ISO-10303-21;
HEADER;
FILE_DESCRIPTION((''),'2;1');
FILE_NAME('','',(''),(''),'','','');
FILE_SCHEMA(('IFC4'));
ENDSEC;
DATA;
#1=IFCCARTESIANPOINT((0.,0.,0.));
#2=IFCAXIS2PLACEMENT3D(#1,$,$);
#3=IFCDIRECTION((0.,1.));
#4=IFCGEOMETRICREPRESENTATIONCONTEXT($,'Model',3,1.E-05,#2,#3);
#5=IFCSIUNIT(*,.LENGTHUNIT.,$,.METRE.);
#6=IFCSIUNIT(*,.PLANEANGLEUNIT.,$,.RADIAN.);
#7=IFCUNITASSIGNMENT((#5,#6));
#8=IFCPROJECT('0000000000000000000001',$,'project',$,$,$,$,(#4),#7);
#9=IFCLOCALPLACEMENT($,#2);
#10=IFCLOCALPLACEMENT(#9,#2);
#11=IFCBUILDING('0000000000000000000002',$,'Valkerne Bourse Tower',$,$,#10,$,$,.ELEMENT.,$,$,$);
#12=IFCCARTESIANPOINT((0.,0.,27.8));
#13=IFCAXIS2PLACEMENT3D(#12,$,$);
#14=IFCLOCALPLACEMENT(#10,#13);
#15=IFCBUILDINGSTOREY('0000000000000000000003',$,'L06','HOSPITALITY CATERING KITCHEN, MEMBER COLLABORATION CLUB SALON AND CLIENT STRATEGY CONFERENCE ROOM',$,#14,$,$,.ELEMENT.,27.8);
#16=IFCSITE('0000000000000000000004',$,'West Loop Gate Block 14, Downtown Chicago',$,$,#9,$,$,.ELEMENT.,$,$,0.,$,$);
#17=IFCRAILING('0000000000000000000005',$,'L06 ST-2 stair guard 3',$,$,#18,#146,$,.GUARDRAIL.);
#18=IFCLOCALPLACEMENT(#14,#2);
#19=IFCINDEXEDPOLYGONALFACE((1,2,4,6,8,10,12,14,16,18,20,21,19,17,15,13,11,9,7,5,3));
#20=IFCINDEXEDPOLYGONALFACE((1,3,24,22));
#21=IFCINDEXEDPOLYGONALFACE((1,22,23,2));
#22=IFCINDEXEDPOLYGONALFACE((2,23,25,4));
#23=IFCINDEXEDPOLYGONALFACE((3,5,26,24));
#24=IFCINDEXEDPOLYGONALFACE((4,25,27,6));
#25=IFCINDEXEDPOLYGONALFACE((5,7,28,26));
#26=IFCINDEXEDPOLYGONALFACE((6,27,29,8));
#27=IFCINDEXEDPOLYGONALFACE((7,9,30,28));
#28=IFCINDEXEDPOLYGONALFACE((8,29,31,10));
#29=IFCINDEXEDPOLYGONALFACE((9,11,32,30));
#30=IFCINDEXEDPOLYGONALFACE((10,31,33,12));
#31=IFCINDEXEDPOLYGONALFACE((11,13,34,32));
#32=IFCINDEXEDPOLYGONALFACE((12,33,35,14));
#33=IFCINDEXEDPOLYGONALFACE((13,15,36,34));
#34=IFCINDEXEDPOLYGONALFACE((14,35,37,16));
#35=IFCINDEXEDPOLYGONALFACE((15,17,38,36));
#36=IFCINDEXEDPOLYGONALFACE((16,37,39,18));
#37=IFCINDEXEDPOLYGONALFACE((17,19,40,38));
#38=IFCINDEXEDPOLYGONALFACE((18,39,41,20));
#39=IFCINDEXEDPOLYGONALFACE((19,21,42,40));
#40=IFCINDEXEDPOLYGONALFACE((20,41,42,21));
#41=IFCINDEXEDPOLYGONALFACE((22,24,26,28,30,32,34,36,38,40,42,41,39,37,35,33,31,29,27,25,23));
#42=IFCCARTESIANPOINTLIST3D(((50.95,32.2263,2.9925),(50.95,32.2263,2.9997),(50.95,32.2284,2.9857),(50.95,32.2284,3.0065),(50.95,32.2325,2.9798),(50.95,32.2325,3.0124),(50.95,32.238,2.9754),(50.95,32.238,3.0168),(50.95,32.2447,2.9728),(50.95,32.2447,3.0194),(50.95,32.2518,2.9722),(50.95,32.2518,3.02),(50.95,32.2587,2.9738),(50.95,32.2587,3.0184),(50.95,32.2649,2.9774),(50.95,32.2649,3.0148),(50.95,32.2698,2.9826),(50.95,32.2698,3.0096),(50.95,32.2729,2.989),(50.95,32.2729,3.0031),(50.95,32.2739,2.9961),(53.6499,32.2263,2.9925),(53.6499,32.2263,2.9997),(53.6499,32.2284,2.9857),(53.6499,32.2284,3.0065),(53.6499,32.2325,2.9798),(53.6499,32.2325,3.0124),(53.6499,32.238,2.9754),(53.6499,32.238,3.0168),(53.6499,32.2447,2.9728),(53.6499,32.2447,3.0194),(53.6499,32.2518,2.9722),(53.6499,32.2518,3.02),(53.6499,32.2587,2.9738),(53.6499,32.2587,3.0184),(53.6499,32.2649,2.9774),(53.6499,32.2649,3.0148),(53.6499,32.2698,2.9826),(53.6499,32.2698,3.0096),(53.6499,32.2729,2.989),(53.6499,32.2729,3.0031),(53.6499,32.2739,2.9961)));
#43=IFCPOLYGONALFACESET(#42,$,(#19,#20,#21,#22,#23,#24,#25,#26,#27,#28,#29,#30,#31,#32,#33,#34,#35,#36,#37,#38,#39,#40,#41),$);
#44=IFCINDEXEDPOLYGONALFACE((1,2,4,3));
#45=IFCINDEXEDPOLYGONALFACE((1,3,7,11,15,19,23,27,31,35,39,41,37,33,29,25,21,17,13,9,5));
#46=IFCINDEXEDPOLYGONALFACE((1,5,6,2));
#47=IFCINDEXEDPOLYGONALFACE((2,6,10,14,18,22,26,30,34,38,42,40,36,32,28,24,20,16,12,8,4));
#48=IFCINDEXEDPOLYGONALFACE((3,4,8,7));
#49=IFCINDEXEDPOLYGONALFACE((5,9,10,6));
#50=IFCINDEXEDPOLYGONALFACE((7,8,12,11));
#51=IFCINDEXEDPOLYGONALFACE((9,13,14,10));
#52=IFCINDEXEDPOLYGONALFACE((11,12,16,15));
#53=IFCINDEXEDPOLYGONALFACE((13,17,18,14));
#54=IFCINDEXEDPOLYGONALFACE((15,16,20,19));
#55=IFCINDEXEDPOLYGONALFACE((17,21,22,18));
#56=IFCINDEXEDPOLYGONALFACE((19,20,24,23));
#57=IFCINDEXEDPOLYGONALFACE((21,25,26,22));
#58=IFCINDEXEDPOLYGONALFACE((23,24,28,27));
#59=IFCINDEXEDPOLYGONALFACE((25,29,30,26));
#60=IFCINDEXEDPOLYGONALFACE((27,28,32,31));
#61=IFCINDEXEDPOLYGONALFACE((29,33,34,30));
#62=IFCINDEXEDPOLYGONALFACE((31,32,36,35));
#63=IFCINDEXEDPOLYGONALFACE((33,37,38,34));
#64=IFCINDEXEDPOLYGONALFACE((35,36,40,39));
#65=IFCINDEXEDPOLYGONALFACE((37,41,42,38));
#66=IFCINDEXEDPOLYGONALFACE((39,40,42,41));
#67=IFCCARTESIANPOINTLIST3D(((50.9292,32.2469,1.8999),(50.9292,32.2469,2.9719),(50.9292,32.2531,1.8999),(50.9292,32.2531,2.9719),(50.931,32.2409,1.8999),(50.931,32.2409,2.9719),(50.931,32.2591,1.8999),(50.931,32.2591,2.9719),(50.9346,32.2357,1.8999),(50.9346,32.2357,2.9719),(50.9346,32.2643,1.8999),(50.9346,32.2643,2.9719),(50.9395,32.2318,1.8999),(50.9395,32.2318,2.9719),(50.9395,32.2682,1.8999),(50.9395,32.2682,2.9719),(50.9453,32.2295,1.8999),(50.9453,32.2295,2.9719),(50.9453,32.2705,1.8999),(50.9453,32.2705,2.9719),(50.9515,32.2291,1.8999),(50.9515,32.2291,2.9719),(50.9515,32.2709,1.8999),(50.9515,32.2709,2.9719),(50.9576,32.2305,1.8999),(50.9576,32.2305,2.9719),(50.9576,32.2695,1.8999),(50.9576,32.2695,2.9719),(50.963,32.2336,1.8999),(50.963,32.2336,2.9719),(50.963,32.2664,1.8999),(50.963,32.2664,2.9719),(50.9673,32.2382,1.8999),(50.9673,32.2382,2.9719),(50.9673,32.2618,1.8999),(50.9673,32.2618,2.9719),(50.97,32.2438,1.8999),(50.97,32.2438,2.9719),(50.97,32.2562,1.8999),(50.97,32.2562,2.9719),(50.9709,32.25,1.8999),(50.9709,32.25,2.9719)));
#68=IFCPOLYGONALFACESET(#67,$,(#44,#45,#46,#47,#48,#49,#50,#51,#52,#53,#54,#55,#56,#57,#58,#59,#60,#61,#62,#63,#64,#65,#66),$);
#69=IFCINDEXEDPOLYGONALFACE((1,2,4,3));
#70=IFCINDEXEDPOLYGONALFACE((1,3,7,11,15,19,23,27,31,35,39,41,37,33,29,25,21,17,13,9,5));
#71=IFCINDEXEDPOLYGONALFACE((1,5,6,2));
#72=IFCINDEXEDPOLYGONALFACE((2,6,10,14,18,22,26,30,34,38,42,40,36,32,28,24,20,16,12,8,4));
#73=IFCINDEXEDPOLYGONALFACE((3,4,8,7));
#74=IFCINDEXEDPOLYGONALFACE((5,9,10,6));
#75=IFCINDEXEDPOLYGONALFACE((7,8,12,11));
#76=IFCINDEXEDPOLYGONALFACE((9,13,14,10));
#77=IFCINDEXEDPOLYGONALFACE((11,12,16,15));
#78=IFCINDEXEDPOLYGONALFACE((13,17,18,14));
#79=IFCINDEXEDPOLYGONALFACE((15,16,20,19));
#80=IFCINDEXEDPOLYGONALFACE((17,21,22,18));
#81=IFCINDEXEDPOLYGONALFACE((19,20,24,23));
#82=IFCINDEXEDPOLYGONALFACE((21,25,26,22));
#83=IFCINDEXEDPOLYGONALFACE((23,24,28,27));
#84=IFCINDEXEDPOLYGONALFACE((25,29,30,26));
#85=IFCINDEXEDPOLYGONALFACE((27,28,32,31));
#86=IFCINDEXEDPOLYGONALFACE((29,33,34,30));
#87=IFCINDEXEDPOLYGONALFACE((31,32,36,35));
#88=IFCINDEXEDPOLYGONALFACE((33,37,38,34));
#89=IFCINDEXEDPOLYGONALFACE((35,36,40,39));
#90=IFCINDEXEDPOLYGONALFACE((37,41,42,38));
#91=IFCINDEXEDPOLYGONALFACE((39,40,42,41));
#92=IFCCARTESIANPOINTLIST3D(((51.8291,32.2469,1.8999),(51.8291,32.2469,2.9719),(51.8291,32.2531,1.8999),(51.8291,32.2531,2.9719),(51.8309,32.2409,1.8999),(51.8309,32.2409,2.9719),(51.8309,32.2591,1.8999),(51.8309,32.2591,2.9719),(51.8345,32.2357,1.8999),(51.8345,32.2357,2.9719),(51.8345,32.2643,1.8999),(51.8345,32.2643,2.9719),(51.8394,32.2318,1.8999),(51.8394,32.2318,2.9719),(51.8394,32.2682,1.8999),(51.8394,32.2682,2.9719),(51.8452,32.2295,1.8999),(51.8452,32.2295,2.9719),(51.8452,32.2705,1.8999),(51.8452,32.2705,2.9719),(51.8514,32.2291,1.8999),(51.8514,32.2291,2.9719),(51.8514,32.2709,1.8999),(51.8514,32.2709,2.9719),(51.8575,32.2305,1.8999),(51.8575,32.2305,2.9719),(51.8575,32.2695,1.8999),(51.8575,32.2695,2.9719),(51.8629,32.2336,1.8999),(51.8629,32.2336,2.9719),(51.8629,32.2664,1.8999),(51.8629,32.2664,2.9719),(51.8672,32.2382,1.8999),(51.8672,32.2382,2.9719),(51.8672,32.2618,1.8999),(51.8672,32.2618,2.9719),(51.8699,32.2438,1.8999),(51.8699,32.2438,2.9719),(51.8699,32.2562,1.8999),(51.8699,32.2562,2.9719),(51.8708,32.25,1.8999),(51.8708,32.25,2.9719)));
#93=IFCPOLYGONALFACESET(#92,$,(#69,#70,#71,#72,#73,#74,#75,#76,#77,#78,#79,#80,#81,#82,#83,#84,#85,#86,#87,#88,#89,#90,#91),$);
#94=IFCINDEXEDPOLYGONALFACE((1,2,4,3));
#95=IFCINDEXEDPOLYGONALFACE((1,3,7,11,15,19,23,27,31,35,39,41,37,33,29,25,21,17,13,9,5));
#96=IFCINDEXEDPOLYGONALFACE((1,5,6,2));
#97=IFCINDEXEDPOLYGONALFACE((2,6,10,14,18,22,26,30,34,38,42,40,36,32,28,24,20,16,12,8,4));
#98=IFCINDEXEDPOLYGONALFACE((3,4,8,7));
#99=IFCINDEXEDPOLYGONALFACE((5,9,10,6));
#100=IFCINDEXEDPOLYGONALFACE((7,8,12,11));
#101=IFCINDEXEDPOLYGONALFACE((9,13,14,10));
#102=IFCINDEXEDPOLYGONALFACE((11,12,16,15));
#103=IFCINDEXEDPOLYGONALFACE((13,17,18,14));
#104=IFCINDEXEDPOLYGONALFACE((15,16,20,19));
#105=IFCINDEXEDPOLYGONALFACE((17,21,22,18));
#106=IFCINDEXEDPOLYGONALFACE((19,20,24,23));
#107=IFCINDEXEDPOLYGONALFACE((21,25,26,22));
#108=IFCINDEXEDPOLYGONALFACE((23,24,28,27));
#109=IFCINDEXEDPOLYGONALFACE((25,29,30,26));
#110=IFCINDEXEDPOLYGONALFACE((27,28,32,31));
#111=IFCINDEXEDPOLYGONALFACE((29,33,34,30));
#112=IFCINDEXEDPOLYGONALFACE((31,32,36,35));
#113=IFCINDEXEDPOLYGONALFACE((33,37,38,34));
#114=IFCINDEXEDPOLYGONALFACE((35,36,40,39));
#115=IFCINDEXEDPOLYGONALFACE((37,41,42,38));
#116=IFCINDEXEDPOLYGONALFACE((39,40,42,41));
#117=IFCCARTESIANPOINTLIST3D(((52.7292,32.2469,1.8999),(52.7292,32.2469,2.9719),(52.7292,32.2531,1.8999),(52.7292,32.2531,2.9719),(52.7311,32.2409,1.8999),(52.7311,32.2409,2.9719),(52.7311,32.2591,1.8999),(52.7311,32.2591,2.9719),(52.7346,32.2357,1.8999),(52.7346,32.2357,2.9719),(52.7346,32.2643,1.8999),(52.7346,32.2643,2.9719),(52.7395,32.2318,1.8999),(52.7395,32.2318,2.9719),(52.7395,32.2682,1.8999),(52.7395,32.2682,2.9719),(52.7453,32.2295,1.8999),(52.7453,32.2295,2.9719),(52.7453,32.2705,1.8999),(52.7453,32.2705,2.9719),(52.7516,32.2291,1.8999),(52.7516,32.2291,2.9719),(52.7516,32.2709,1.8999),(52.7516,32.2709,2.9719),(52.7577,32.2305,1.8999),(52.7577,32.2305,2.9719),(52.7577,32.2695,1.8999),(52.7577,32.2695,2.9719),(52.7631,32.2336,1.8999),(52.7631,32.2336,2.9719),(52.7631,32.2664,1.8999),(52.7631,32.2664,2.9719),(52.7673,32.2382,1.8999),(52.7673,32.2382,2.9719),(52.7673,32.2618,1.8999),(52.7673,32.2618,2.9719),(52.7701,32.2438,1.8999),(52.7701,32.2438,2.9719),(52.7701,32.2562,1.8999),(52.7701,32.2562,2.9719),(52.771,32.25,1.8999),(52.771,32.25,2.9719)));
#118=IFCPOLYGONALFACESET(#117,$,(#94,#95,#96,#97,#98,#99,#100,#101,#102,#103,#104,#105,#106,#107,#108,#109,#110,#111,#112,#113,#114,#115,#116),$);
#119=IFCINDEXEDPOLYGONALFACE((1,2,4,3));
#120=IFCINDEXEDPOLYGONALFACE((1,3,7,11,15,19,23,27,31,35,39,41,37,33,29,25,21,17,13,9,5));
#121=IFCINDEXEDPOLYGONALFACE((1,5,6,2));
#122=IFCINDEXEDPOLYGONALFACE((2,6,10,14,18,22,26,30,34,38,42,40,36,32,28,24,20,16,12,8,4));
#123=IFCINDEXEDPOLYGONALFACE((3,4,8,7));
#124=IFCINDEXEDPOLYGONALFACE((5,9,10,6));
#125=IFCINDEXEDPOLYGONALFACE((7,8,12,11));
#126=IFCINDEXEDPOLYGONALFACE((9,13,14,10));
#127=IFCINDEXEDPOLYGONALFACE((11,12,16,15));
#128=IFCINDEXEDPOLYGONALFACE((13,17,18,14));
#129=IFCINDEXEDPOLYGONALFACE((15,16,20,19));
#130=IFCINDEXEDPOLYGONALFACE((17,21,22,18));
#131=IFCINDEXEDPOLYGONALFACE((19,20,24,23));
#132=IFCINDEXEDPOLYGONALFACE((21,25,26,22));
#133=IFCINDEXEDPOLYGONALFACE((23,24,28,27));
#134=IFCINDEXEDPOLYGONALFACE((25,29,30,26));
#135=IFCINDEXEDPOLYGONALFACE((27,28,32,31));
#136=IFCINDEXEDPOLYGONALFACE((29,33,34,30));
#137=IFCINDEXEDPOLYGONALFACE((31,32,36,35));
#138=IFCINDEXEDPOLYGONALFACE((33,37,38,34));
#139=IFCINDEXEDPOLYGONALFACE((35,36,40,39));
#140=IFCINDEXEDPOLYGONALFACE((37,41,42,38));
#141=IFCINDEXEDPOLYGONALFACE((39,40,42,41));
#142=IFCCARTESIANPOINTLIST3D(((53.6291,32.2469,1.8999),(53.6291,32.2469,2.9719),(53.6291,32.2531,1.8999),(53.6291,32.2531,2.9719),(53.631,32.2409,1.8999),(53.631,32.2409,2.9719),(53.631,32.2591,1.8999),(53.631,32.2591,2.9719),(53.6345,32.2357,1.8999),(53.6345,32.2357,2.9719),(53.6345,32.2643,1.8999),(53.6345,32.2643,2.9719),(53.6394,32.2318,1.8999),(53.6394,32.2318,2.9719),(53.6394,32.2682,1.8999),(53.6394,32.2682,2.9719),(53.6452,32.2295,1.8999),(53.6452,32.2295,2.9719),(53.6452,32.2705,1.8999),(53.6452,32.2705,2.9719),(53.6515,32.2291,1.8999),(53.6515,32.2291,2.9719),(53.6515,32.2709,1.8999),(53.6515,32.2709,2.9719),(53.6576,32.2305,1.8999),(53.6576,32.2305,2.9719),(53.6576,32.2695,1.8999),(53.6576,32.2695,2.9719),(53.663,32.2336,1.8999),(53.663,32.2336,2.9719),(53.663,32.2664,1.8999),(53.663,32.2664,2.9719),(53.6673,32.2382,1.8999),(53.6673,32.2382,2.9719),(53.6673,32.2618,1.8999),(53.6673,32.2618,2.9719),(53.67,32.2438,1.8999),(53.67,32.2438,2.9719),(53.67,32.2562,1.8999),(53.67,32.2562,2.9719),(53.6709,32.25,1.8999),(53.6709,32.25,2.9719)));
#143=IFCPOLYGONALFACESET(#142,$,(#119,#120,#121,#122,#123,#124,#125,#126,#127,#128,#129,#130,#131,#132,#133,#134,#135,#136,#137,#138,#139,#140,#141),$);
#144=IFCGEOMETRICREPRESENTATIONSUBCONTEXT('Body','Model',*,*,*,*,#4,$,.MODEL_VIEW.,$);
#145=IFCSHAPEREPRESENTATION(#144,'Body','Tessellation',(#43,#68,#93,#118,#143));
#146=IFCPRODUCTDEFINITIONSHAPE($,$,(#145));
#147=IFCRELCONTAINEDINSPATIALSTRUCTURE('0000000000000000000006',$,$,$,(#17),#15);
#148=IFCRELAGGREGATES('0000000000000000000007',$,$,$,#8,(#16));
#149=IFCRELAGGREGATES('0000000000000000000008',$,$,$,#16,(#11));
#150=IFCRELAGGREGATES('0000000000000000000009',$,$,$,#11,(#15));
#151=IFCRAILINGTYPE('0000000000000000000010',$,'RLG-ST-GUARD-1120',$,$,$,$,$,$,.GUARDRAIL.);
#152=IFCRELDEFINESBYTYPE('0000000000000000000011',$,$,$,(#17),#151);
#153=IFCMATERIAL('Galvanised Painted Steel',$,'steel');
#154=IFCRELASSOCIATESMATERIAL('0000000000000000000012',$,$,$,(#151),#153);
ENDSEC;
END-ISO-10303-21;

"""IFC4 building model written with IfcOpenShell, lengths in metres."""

from ifc_helpers import new_model, si_unit, direction, frame, origin, origin_2d, place, context, subcontext, project, spatial, circle, extrude, material, type_object, element, save


model = new_model("IFC4")

# Units and contexts
model_context = context("Model", 3, precision=1e-05, world=origin(), true_north=direction((0.0, 1.0)))
body_context = subcontext(model_context, "Body", "Model", "MODEL_VIEW")
ifc_project = project(units=[si_unit("LENGTHUNIT", "METRE"), si_unit("PLANEANGLEUNIT", "RADIAN")], contexts=[model_context])

# Site, building, storey
site_placement = place(None, origin())
site = spatial("IfcSite", under=ifc_project, at=site_placement, Name="West Loop Gate Block 14, Downtown Chicago", CompositionType="ELEMENT", RefElevation=0.0)
building_placement = place(site_placement, origin())
building = spatial("IfcBuilding", under=site, at=building_placement, Name="Valkerne Bourse Tower", CompositionType="ELEMENT")
storey_placement = place(building_placement, frame((0.0, 0.0, 27.8)))
storey = spatial("IfcBuildingStorey", under=building, at=storey_placement, Name="L06", Description="HOSPITALITY CATERING KITCHEN, MEMBER COLLABORATION CLUB SALON AND CLIENT STRATEGY CONFERENCE ROOM", CompositionType="ELEMENT", Elevation=27.8)

# Shared definitions
ifc_material_1 = material(Name="Galvanised Painted Steel", Category="steel")

# Railing
railing_type_1 = type_object("IfcRailingType", Name="RLG-ST-GUARD-1120", PredefinedType="GUARDRAIL", material=ifc_material_1)
for number, where, name in (
    (1, (50.95, 32.25, 1.8999), "L06 ST-2 stair guard 3"),
):
    element("IfcRailing", number, at=place(storey_placement, frame(where)), inside=storey, type_object=railing_type_1, Name=name, PredefinedType="GUARDRAIL", context=body_context, shape_type="SweptSolid", body=[
        extrude(circle(Radius=0.0239, at=origin_2d()), frame((0.0, 0.0, 1.0962), z_axis=(1.0, 0.0, 0.0), x_axis=(0.0, 1.0, 0.0)), (0.0, 0.0, 1.0), 2.7),
        extrude(circle(Radius=0.021, at=origin_2d()), origin(), (0.0, 0.0, 1.0), 1.072),
        extrude(circle(Radius=0.021, at=origin_2d()), frame((0.8999, 0.0, 0.0)), (0.0, 0.0, 1.0), 1.072),
        extrude(circle(Radius=0.021, at=origin_2d()), frame((1.8, 0.0, 0.0)), (0.0, 0.0, 1.0), 1.072),
        extrude(circle(Radius=0.021, at=origin_2d()), frame((2.7, 0.0, 0.0)), (0.0, 0.0, 1.0), 1.072),
    ])

save(model, "model.ifc")
